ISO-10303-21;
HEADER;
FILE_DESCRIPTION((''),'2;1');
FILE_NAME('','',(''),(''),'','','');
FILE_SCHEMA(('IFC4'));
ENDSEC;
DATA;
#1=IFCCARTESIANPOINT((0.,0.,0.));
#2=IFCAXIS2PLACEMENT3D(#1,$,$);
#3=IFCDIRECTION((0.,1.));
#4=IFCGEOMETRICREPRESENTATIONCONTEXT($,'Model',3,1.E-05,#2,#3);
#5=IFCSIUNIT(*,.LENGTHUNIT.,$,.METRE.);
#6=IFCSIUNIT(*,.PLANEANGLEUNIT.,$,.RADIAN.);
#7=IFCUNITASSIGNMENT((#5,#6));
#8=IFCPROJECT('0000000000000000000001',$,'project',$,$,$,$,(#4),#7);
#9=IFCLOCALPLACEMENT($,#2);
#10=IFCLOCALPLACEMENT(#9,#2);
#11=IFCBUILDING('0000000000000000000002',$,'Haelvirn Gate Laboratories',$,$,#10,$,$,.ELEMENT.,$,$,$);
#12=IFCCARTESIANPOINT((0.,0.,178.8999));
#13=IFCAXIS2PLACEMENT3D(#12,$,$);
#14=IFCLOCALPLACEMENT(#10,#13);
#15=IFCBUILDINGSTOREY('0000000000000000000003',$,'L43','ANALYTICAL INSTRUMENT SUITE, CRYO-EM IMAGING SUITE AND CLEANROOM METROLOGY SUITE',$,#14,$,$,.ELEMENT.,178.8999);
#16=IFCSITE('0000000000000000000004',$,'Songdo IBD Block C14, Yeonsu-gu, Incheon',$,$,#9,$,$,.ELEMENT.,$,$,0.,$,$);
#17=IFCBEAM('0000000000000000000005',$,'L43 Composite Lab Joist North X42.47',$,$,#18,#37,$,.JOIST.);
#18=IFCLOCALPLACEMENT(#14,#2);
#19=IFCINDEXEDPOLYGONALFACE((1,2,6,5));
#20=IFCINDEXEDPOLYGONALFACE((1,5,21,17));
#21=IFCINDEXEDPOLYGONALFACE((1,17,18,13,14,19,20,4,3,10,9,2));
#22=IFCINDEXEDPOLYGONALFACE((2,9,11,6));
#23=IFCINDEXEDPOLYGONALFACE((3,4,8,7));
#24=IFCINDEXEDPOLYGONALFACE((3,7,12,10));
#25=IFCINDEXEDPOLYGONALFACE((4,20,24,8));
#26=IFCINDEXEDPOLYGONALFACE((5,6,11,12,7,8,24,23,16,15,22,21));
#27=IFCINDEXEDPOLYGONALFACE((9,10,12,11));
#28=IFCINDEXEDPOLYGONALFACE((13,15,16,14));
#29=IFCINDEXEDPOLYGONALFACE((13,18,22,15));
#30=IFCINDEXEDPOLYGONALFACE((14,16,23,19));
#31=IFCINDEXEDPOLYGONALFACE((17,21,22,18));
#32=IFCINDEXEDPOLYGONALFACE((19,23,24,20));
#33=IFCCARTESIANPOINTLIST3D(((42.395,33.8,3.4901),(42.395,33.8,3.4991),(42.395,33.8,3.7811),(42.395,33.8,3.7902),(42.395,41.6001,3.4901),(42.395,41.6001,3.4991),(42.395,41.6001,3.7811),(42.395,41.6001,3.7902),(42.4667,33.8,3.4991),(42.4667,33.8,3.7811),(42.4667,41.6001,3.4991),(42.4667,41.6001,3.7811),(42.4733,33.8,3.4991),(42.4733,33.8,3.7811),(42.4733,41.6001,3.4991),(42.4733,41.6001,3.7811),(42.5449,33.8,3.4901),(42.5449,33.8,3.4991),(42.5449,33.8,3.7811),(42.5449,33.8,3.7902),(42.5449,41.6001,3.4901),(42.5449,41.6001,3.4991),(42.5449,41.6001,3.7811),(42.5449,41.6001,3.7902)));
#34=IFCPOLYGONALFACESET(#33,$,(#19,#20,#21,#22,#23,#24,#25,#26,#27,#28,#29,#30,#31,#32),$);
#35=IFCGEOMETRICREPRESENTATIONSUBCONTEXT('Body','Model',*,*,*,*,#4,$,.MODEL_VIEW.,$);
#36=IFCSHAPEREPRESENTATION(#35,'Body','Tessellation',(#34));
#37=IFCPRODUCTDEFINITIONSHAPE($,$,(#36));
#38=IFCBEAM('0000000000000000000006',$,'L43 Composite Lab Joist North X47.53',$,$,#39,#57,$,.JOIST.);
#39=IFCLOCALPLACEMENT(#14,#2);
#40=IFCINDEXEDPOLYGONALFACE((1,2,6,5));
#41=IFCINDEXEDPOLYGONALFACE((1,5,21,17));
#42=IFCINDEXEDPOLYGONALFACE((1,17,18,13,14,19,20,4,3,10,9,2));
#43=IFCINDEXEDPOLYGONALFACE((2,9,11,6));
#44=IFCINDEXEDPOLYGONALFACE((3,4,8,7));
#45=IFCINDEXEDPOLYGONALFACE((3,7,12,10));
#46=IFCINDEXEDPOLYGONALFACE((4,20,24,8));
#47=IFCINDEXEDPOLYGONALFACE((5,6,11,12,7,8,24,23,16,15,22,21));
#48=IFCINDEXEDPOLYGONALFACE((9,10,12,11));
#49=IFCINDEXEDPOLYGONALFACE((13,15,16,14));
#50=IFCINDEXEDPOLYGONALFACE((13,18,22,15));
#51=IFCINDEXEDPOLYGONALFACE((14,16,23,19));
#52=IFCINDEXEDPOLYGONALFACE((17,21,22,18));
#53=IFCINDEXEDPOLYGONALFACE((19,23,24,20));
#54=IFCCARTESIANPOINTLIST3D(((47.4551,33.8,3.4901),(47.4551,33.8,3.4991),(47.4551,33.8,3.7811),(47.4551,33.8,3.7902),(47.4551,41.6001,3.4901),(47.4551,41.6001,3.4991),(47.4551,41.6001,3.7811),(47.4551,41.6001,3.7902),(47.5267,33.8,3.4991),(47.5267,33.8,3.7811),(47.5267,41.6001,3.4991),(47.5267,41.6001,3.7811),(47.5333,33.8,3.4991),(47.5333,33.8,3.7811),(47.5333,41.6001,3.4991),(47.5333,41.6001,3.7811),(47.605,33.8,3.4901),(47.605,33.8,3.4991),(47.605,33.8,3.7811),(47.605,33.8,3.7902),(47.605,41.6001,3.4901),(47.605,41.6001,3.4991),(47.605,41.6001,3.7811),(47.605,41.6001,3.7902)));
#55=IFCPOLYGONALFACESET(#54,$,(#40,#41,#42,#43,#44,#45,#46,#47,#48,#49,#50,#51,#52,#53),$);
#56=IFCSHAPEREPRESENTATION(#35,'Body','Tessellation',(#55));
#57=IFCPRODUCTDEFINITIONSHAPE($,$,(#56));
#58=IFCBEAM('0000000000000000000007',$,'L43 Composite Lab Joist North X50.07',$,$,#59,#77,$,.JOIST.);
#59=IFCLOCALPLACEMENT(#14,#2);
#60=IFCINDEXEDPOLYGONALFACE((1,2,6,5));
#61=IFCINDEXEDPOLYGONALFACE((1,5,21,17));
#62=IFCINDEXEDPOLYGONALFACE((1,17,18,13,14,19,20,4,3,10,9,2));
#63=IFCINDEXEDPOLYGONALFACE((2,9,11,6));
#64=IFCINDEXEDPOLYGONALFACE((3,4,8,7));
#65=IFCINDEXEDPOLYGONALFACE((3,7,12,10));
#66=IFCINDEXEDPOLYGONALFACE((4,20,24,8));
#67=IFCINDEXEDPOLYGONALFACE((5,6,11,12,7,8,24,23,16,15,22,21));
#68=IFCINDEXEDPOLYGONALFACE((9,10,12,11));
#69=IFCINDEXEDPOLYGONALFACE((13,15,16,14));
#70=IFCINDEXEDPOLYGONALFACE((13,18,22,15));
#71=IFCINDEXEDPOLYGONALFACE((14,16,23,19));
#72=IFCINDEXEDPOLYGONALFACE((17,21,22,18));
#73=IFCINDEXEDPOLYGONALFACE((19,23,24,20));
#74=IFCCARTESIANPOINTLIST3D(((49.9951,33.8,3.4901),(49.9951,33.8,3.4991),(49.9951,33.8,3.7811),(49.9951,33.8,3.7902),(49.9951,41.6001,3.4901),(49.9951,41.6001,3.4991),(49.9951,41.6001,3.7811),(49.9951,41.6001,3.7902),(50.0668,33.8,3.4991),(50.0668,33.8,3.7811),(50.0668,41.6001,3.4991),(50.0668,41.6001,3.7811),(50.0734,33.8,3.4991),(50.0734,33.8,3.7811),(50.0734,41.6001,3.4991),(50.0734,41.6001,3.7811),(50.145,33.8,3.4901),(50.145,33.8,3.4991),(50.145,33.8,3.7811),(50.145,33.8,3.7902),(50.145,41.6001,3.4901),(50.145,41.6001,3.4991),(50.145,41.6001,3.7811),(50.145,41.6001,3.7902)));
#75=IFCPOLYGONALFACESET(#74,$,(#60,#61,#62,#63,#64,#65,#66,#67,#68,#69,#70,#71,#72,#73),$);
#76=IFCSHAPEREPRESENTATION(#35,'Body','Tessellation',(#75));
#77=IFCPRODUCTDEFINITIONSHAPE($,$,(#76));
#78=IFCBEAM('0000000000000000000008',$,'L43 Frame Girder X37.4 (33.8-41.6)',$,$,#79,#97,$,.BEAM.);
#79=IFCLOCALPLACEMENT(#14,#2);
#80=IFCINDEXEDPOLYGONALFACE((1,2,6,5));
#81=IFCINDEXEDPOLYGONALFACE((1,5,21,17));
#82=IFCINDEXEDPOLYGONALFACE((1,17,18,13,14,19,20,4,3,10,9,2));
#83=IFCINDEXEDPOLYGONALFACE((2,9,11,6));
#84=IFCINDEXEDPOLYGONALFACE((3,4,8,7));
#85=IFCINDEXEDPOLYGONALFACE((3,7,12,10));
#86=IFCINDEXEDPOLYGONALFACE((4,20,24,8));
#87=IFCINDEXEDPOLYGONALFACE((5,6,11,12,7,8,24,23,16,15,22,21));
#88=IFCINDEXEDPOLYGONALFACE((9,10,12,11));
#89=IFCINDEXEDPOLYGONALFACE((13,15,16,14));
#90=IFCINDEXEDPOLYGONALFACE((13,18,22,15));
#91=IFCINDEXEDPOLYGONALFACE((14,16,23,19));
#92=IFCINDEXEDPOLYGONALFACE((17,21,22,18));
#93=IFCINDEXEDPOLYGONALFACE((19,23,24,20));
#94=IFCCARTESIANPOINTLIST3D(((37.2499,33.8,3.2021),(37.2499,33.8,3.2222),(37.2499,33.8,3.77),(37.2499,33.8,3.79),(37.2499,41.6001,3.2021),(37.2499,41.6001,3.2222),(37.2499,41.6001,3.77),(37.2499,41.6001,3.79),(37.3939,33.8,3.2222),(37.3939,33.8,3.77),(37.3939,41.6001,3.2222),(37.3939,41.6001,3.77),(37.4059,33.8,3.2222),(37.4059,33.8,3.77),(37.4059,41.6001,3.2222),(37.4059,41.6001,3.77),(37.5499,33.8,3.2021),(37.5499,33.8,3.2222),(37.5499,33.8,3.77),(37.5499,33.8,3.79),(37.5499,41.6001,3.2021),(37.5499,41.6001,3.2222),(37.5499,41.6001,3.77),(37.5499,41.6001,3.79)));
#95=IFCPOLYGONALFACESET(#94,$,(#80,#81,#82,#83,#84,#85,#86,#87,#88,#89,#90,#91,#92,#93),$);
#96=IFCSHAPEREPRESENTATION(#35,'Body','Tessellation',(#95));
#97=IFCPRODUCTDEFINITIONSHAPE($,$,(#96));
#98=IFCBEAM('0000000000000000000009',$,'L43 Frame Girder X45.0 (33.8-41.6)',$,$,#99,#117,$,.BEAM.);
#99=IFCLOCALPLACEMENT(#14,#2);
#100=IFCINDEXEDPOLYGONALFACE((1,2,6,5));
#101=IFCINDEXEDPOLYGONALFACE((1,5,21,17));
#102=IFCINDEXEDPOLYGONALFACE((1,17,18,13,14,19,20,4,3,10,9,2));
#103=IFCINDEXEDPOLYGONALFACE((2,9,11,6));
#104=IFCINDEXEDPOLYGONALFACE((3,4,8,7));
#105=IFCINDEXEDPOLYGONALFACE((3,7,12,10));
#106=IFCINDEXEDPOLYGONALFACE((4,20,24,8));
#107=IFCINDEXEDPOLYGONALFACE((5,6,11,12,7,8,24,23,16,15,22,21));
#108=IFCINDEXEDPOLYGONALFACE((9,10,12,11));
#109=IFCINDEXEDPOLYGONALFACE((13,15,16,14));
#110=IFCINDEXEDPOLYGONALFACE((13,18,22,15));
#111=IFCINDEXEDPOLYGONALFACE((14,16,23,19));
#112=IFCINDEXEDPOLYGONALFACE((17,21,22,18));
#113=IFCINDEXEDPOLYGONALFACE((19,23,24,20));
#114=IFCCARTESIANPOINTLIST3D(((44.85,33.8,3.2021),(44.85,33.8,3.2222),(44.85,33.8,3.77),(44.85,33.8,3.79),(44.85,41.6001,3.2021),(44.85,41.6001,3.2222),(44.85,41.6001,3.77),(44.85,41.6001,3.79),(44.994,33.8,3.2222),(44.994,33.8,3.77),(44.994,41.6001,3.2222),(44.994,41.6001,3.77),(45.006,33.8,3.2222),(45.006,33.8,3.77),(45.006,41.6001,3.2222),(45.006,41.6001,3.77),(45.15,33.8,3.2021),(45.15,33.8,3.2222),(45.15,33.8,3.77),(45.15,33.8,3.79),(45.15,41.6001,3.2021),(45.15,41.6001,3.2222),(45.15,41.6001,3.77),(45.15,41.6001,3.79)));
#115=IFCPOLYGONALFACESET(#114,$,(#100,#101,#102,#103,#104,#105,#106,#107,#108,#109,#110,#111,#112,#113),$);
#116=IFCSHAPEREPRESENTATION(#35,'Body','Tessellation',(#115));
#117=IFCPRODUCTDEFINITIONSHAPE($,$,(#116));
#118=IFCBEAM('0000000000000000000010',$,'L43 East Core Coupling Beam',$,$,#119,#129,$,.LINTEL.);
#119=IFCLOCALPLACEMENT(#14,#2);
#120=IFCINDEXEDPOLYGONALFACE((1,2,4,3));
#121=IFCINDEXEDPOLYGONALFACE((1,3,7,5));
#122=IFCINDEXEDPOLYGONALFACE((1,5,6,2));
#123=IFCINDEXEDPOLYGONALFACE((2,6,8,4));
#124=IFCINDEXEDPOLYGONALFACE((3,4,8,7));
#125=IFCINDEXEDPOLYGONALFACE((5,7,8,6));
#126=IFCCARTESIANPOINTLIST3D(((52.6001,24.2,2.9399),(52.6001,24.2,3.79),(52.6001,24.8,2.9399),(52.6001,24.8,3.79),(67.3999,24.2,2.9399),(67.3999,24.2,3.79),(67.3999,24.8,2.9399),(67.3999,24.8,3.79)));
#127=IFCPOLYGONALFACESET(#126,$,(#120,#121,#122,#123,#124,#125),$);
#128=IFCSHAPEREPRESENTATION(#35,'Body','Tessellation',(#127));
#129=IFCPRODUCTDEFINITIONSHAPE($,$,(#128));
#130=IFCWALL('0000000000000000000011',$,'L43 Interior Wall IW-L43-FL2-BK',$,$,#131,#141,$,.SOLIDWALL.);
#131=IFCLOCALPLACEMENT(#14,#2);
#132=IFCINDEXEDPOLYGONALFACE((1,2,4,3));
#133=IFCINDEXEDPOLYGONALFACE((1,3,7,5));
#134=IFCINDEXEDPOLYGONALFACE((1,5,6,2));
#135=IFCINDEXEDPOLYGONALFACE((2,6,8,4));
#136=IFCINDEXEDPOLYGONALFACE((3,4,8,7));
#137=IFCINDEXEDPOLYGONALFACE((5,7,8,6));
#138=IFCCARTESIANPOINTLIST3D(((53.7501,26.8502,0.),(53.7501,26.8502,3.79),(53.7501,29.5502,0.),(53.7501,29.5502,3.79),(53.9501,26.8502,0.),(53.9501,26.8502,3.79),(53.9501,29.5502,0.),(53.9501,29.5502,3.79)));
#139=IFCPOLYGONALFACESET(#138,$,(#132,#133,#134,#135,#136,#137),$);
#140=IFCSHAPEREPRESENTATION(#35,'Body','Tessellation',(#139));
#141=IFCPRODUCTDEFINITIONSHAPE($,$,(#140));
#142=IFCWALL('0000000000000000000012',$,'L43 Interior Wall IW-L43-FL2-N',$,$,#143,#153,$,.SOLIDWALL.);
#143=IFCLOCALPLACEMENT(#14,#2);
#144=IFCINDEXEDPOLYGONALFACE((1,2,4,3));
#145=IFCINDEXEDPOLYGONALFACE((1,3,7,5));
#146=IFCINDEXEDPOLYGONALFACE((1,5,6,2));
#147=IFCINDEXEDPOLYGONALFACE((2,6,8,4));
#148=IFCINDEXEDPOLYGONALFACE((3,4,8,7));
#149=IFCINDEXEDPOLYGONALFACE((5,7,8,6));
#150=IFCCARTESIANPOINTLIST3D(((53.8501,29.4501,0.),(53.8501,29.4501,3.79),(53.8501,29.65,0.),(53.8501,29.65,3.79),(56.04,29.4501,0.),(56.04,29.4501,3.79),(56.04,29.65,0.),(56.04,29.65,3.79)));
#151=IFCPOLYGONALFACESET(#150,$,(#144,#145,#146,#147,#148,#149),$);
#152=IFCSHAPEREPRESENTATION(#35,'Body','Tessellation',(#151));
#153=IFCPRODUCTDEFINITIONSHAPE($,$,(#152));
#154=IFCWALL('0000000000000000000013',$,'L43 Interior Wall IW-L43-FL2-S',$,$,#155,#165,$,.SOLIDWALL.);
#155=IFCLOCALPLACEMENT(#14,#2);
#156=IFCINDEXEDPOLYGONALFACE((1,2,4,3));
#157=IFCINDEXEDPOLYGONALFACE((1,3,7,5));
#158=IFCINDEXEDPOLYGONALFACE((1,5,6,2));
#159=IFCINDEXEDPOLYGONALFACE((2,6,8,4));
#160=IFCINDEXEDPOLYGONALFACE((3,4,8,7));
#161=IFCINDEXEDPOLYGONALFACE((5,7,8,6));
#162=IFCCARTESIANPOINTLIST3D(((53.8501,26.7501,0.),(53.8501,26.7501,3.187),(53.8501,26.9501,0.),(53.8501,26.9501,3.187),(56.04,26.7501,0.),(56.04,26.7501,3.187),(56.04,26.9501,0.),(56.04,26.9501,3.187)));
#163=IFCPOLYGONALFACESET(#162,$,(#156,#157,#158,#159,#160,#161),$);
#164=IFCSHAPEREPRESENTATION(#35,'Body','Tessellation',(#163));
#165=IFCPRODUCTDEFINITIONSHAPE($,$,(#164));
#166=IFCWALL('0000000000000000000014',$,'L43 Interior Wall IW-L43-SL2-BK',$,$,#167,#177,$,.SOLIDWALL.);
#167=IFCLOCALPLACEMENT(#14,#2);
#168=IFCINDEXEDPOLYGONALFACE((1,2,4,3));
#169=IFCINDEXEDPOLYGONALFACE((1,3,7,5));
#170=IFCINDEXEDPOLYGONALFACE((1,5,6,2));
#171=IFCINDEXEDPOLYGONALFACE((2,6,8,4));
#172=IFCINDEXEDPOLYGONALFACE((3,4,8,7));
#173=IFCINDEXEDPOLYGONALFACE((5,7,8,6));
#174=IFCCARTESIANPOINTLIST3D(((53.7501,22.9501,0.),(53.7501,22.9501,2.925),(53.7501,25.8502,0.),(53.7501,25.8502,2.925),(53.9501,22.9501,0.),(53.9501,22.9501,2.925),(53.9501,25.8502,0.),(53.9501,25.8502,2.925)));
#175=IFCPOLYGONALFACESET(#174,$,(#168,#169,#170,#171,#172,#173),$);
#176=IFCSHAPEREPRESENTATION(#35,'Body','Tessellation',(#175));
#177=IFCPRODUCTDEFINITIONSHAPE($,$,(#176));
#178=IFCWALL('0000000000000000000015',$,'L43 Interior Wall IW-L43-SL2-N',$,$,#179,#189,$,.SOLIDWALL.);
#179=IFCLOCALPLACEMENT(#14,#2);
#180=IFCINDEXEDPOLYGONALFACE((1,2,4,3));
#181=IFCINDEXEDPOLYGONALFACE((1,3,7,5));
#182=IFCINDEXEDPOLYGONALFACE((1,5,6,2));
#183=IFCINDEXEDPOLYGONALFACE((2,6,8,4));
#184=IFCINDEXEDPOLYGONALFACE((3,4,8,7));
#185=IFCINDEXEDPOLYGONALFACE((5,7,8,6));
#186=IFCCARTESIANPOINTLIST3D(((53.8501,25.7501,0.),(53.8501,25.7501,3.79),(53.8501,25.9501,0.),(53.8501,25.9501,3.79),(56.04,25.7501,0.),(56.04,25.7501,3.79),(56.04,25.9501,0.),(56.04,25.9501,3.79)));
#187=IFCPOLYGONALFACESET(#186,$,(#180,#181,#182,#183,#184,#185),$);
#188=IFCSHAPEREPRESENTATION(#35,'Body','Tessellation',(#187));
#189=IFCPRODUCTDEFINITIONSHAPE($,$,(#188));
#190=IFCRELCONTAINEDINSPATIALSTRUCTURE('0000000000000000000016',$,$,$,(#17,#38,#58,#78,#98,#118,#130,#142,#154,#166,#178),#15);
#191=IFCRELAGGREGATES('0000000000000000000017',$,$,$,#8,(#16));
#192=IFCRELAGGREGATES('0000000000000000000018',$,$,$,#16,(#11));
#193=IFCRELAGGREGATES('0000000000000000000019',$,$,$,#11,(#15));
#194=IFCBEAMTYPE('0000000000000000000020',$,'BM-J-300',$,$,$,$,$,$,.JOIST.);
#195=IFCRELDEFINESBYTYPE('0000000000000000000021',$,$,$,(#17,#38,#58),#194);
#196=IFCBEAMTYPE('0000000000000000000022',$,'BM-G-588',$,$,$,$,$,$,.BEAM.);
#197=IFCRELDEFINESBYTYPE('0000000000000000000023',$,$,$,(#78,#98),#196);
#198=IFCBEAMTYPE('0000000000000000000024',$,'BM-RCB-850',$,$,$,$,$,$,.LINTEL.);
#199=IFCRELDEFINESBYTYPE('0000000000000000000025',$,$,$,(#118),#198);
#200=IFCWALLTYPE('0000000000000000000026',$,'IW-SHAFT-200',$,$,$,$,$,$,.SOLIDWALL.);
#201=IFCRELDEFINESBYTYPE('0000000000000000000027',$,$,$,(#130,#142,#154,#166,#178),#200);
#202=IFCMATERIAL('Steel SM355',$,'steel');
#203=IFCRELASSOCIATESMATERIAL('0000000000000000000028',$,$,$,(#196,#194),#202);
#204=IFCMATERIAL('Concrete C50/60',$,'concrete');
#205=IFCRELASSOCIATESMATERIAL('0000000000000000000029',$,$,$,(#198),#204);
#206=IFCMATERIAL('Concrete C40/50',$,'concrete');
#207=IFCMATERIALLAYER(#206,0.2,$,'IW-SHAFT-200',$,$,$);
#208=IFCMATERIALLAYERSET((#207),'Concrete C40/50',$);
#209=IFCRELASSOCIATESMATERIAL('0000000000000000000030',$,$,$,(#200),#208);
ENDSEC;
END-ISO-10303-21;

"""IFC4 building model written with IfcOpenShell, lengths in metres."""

from ifc_helpers import new_model, si_unit, direction, frame, frame_2d, origin, origin_2d, place, context, subcontext, project, spatial, rectangle, i_section, extrude, source, transform, mapped, material, layer, layer_set, material_profile, profile_set, type_object, type_shapes, element, save


model = new_model("IFC4")

# Units and contexts
model_context = context("Model", 3, precision=1e-05, world=origin(), true_north=direction((0.0, 1.0)))
body_context = subcontext(model_context, "Body", "Model", "MODEL_VIEW")
ifc_project = project(units=[si_unit("LENGTHUNIT", "METRE"), si_unit("PLANEANGLEUNIT", "RADIAN")], contexts=[model_context])

# Site, building, storey
site_placement = place(None, origin())
site = spatial("IfcSite", under=ifc_project, at=site_placement, Name="Songdo IBD Block C14, Yeonsu-gu, Incheon", CompositionType="ELEMENT", RefElevation=0.0)
building_placement = place(site_placement, origin())
building = spatial("IfcBuilding", under=site, at=building_placement, Name="Haelvirn Gate Laboratories", CompositionType="ELEMENT")
storey_placement = place(building_placement, frame((0.0, 0.0, 178.8999)))
storey = spatial("IfcBuildingStorey", under=building, at=storey_placement, Name="L43", Description="ANALYTICAL INSTRUMENT SUITE, CRYO-EM IMAGING SUITE AND CLEANROOM METROLOGY SUITE", CompositionType="ELEMENT", Elevation=178.8999)

# Shared definitions
ifc_material_1 = material(Name="Steel SM355", Category="steel")

# Beams
ifc_material_profile_1 = material_profile(ifc_material_1, i_section(OverallWidth=0.3, OverallDepth=0.5879, WebThickness=0.012, FlangeThickness=0.02, at=origin_2d()), Name="H-588x300x12x20")
ifc_profile_set_1 = profile_set([ifc_material_profile_1], Name="Steel SM355")
beam_type_1 = type_object("IfcBeamType", Name="BM-G-588", PredefinedType="BEAM", material=ifc_profile_set_1)
ifc_material_profile_2 = material_profile(ifc_material_1, i_section(OverallWidth=0.1499, OverallDepth=0.3, WebThickness=0.0066, FlangeThickness=0.009, at=origin_2d()), Name="H-300x150x6.5x9")
ifc_profile_set_2 = profile_set([ifc_material_profile_2], Name="Steel SM355")
beam_type_2 = type_object("IfcBeamType", Name="BM-J-300", PredefinedType="JOIST", material=ifc_profile_set_2)
shared_shape_1 = source(origin(), body_context, "Body", "SweptSolid", [
    extrude(i_section(OverallWidth=0.1499, OverallDepth=0.3, WebThickness=0.0066, FlangeThickness=0.009, at=origin_2d()), origin(), (0.0, 0.0, 1.0), 7.8),
])
type_shapes(beam_type_2, [shared_shape_1])
for number, where, z_axis, x_axis, name in (
    (1, (42.47, 33.8, 3.6401), (0.0, 1.0, 0.0), (-1.0, 0.0, 0.0), "L43 Composite Lab Joist North X42.47"),
    (2, (47.53, 33.8, 3.6401), (0.0, 1.0, 0.0), (-1.0, 0.0, 0.0), "L43 Composite Lab Joist North X47.53"),
    (3, (50.0701, 33.8, 3.6401), (0.0, 1.0, 0.0), (-1.0, 0.0, 0.0), "L43 Composite Lab Joist North X50.07"),
):
    element("IfcBeam", number, at=place(storey_placement, frame(where, z_axis=z_axis, x_axis=x_axis)), inside=storey, type_object=beam_type_2, Name=name, PredefinedType="JOIST", context=body_context, shape_type="MappedRepresentation", body=[
        mapped(shared_shape_1, transform((0.0, 0.0, 0.0), scale=1.0)),
    ])
shared_shape_2 = source(origin(), body_context, "Body", "SweptSolid", [
    extrude(i_section(OverallWidth=0.3, OverallDepth=0.5879, WebThickness=0.012, FlangeThickness=0.02, at=origin_2d()), origin(), (0.0, 0.0, 1.0), 7.8),
])
for number, where, z_axis, x_axis, name in (
    (4, (37.3999, 33.8, 3.4961), (0.0, 1.0, 0.0), (-1.0, 0.0, 0.0), "L43 Frame Girder X37.4 (33.8-41.6)"),
    (5, (45.0, 33.8, 3.4961), (0.0, 1.0, 0.0), (-1.0, 0.0, 0.0), "L43 Frame Girder X45.0 (33.8-41.6)"),
):
    element("IfcBeam", number, at=place(storey_placement, frame(where, z_axis=z_axis, x_axis=x_axis)), inside=storey, type_object=beam_type_1, Name=name, PredefinedType="BEAM", context=body_context, shape_type="MappedRepresentation", body=[
        mapped(shared_shape_2, transform((0.0, 0.0, 0.0), scale=1.0)),
    ])
ifc_material_2 = material(Name="Concrete C50/60", Category="concrete")
ifc_material_profile_3 = material_profile(ifc_material_2, rectangle(XDim=0.6001, YDim=0.8501, at=origin_2d()), Name="RCB-600x850")
ifc_profile_set_3 = profile_set([ifc_material_profile_3], Name="Concrete C50/60")
beam_type_3 = type_object("IfcBeamType", Name="BM-RCB-850", PredefinedType="LINTEL", material=ifc_profile_set_3)
shared_shape_3 = source(origin(), body_context, "Body", "SweptSolid", [
    extrude(rectangle(XDim=0.6001, YDim=0.8501, at=origin_2d()), origin(), (0.0, 0.0, 1.0), 14.7998),
])
type_shapes(beam_type_3, [shared_shape_3])
beam_1_placement = place(storey_placement, frame((52.6001, 24.5, 3.365), z_axis=(1.0, 0.0, 0.0), x_axis=(0.0, 1.0, 0.0)))
element("IfcBeam", 6, at=beam_1_placement, inside=storey, type_object=beam_type_3, Name="L43 East Core Coupling Beam", PredefinedType="LINTEL", context=body_context, shape_type="MappedRepresentation", body=[
    mapped(shared_shape_3, transform((0.0, 0.0, 0.0), scale=1.0)),
])

# Walls
ifc_material_3 = material(Name="Concrete C40/50", Category="concrete")
ifc_layer_1 = layer(ifc_material_3, 0.2, Name="IW-SHAFT-200")
ifc_layer_set_1 = layer_set([ifc_layer_1], Name="Concrete C40/50")
wall_type_1 = type_object("IfcWallType", Name="IW-SHAFT-200", PredefinedType="SOLIDWALL", material=ifc_layer_set_1)
wall_1_placement = place(storey_placement, frame((53.8501, 26.8501, 0.0), z_axis=(0.0, 0.0, 1.0), x_axis=(0.0, 1.0, 0.0)))
element("IfcWall", 7, at=wall_1_placement, inside=storey, type_object=wall_type_1, Name="L43 Interior Wall IW-L43-FL2-BK", PredefinedType="SOLIDWALL", context=body_context, shape_type="SweptSolid", body=[
    extrude(rectangle(XDim=2.7, YDim=0.2, at=frame_2d((1.3501, 0.0))), origin(), (0.0, 0.0, 1.0), 3.79),
])
wall_2_placement = place(storey_placement, frame((53.8501, 29.55, 0.0), z_axis=(0.0, 0.0, 1.0), x_axis=(1.0, 0.0, 0.0)))
element("IfcWall", 8, at=wall_2_placement, inside=storey, type_object=wall_type_1, Name="L43 Interior Wall IW-L43-FL2-N", PredefinedType="SOLIDWALL", context=body_context, shape_type="SweptSolid", body=[
    extrude(rectangle(XDim=2.1899, YDim=0.2, at=frame_2d((1.095, 0.0))), origin(), (0.0, 0.0, 1.0), 3.79),
])
wall_3_placement = place(storey_placement, frame((53.8501, 26.8501, 0.0), z_axis=(0.0, 0.0, 1.0), x_axis=(1.0, 0.0, 0.0)))
element("IfcWall", 9, at=wall_3_placement, inside=storey, type_object=wall_type_1, Name="L43 Interior Wall IW-L43-FL2-S", PredefinedType="SOLIDWALL", context=body_context, shape_type="SweptSolid", body=[
    extrude(rectangle(XDim=2.1899, YDim=0.2, at=frame_2d((1.095, 0.0))), origin(), (0.0, 0.0, 1.0), 3.187),
])
wall_4_placement = place(storey_placement, frame((53.8501, 22.95, 0.0), z_axis=(0.0, 0.0, 1.0), x_axis=(0.0, 1.0, 0.0)))
element("IfcWall", 10, at=wall_4_placement, inside=storey, type_object=wall_type_1, Name="L43 Interior Wall IW-L43-SL2-BK", PredefinedType="SOLIDWALL", context=body_context, shape_type="SweptSolid", body=[
    extrude(rectangle(XDim=2.9001, YDim=0.2, at=frame_2d((1.4502, 0.0))), origin(), (0.0, 0.0, 1.0), 2.925),
])
for number, where, z_axis, x_axis, name in (
    (11, (53.8501, 25.8501, 0.0), (0.0, 0.0, 1.0), (1.0, 0.0, 0.0), "L43 Interior Wall IW-L43-SL2-N"),
):
    element("IfcWall", number, at=place(storey_placement, frame(where, z_axis=z_axis, x_axis=x_axis)), inside=storey, type_object=wall_type_1, Name=name, PredefinedType="SOLIDWALL", context=body_context, shape_type="SweptSolid", body=[
        extrude(rectangle(XDim=2.1899, YDim=0.2, at=frame_2d((1.095, 0.0))), origin(), (0.0, 0.0, 1.0), 3.79),
    ])

save(model, "model.ifc")
